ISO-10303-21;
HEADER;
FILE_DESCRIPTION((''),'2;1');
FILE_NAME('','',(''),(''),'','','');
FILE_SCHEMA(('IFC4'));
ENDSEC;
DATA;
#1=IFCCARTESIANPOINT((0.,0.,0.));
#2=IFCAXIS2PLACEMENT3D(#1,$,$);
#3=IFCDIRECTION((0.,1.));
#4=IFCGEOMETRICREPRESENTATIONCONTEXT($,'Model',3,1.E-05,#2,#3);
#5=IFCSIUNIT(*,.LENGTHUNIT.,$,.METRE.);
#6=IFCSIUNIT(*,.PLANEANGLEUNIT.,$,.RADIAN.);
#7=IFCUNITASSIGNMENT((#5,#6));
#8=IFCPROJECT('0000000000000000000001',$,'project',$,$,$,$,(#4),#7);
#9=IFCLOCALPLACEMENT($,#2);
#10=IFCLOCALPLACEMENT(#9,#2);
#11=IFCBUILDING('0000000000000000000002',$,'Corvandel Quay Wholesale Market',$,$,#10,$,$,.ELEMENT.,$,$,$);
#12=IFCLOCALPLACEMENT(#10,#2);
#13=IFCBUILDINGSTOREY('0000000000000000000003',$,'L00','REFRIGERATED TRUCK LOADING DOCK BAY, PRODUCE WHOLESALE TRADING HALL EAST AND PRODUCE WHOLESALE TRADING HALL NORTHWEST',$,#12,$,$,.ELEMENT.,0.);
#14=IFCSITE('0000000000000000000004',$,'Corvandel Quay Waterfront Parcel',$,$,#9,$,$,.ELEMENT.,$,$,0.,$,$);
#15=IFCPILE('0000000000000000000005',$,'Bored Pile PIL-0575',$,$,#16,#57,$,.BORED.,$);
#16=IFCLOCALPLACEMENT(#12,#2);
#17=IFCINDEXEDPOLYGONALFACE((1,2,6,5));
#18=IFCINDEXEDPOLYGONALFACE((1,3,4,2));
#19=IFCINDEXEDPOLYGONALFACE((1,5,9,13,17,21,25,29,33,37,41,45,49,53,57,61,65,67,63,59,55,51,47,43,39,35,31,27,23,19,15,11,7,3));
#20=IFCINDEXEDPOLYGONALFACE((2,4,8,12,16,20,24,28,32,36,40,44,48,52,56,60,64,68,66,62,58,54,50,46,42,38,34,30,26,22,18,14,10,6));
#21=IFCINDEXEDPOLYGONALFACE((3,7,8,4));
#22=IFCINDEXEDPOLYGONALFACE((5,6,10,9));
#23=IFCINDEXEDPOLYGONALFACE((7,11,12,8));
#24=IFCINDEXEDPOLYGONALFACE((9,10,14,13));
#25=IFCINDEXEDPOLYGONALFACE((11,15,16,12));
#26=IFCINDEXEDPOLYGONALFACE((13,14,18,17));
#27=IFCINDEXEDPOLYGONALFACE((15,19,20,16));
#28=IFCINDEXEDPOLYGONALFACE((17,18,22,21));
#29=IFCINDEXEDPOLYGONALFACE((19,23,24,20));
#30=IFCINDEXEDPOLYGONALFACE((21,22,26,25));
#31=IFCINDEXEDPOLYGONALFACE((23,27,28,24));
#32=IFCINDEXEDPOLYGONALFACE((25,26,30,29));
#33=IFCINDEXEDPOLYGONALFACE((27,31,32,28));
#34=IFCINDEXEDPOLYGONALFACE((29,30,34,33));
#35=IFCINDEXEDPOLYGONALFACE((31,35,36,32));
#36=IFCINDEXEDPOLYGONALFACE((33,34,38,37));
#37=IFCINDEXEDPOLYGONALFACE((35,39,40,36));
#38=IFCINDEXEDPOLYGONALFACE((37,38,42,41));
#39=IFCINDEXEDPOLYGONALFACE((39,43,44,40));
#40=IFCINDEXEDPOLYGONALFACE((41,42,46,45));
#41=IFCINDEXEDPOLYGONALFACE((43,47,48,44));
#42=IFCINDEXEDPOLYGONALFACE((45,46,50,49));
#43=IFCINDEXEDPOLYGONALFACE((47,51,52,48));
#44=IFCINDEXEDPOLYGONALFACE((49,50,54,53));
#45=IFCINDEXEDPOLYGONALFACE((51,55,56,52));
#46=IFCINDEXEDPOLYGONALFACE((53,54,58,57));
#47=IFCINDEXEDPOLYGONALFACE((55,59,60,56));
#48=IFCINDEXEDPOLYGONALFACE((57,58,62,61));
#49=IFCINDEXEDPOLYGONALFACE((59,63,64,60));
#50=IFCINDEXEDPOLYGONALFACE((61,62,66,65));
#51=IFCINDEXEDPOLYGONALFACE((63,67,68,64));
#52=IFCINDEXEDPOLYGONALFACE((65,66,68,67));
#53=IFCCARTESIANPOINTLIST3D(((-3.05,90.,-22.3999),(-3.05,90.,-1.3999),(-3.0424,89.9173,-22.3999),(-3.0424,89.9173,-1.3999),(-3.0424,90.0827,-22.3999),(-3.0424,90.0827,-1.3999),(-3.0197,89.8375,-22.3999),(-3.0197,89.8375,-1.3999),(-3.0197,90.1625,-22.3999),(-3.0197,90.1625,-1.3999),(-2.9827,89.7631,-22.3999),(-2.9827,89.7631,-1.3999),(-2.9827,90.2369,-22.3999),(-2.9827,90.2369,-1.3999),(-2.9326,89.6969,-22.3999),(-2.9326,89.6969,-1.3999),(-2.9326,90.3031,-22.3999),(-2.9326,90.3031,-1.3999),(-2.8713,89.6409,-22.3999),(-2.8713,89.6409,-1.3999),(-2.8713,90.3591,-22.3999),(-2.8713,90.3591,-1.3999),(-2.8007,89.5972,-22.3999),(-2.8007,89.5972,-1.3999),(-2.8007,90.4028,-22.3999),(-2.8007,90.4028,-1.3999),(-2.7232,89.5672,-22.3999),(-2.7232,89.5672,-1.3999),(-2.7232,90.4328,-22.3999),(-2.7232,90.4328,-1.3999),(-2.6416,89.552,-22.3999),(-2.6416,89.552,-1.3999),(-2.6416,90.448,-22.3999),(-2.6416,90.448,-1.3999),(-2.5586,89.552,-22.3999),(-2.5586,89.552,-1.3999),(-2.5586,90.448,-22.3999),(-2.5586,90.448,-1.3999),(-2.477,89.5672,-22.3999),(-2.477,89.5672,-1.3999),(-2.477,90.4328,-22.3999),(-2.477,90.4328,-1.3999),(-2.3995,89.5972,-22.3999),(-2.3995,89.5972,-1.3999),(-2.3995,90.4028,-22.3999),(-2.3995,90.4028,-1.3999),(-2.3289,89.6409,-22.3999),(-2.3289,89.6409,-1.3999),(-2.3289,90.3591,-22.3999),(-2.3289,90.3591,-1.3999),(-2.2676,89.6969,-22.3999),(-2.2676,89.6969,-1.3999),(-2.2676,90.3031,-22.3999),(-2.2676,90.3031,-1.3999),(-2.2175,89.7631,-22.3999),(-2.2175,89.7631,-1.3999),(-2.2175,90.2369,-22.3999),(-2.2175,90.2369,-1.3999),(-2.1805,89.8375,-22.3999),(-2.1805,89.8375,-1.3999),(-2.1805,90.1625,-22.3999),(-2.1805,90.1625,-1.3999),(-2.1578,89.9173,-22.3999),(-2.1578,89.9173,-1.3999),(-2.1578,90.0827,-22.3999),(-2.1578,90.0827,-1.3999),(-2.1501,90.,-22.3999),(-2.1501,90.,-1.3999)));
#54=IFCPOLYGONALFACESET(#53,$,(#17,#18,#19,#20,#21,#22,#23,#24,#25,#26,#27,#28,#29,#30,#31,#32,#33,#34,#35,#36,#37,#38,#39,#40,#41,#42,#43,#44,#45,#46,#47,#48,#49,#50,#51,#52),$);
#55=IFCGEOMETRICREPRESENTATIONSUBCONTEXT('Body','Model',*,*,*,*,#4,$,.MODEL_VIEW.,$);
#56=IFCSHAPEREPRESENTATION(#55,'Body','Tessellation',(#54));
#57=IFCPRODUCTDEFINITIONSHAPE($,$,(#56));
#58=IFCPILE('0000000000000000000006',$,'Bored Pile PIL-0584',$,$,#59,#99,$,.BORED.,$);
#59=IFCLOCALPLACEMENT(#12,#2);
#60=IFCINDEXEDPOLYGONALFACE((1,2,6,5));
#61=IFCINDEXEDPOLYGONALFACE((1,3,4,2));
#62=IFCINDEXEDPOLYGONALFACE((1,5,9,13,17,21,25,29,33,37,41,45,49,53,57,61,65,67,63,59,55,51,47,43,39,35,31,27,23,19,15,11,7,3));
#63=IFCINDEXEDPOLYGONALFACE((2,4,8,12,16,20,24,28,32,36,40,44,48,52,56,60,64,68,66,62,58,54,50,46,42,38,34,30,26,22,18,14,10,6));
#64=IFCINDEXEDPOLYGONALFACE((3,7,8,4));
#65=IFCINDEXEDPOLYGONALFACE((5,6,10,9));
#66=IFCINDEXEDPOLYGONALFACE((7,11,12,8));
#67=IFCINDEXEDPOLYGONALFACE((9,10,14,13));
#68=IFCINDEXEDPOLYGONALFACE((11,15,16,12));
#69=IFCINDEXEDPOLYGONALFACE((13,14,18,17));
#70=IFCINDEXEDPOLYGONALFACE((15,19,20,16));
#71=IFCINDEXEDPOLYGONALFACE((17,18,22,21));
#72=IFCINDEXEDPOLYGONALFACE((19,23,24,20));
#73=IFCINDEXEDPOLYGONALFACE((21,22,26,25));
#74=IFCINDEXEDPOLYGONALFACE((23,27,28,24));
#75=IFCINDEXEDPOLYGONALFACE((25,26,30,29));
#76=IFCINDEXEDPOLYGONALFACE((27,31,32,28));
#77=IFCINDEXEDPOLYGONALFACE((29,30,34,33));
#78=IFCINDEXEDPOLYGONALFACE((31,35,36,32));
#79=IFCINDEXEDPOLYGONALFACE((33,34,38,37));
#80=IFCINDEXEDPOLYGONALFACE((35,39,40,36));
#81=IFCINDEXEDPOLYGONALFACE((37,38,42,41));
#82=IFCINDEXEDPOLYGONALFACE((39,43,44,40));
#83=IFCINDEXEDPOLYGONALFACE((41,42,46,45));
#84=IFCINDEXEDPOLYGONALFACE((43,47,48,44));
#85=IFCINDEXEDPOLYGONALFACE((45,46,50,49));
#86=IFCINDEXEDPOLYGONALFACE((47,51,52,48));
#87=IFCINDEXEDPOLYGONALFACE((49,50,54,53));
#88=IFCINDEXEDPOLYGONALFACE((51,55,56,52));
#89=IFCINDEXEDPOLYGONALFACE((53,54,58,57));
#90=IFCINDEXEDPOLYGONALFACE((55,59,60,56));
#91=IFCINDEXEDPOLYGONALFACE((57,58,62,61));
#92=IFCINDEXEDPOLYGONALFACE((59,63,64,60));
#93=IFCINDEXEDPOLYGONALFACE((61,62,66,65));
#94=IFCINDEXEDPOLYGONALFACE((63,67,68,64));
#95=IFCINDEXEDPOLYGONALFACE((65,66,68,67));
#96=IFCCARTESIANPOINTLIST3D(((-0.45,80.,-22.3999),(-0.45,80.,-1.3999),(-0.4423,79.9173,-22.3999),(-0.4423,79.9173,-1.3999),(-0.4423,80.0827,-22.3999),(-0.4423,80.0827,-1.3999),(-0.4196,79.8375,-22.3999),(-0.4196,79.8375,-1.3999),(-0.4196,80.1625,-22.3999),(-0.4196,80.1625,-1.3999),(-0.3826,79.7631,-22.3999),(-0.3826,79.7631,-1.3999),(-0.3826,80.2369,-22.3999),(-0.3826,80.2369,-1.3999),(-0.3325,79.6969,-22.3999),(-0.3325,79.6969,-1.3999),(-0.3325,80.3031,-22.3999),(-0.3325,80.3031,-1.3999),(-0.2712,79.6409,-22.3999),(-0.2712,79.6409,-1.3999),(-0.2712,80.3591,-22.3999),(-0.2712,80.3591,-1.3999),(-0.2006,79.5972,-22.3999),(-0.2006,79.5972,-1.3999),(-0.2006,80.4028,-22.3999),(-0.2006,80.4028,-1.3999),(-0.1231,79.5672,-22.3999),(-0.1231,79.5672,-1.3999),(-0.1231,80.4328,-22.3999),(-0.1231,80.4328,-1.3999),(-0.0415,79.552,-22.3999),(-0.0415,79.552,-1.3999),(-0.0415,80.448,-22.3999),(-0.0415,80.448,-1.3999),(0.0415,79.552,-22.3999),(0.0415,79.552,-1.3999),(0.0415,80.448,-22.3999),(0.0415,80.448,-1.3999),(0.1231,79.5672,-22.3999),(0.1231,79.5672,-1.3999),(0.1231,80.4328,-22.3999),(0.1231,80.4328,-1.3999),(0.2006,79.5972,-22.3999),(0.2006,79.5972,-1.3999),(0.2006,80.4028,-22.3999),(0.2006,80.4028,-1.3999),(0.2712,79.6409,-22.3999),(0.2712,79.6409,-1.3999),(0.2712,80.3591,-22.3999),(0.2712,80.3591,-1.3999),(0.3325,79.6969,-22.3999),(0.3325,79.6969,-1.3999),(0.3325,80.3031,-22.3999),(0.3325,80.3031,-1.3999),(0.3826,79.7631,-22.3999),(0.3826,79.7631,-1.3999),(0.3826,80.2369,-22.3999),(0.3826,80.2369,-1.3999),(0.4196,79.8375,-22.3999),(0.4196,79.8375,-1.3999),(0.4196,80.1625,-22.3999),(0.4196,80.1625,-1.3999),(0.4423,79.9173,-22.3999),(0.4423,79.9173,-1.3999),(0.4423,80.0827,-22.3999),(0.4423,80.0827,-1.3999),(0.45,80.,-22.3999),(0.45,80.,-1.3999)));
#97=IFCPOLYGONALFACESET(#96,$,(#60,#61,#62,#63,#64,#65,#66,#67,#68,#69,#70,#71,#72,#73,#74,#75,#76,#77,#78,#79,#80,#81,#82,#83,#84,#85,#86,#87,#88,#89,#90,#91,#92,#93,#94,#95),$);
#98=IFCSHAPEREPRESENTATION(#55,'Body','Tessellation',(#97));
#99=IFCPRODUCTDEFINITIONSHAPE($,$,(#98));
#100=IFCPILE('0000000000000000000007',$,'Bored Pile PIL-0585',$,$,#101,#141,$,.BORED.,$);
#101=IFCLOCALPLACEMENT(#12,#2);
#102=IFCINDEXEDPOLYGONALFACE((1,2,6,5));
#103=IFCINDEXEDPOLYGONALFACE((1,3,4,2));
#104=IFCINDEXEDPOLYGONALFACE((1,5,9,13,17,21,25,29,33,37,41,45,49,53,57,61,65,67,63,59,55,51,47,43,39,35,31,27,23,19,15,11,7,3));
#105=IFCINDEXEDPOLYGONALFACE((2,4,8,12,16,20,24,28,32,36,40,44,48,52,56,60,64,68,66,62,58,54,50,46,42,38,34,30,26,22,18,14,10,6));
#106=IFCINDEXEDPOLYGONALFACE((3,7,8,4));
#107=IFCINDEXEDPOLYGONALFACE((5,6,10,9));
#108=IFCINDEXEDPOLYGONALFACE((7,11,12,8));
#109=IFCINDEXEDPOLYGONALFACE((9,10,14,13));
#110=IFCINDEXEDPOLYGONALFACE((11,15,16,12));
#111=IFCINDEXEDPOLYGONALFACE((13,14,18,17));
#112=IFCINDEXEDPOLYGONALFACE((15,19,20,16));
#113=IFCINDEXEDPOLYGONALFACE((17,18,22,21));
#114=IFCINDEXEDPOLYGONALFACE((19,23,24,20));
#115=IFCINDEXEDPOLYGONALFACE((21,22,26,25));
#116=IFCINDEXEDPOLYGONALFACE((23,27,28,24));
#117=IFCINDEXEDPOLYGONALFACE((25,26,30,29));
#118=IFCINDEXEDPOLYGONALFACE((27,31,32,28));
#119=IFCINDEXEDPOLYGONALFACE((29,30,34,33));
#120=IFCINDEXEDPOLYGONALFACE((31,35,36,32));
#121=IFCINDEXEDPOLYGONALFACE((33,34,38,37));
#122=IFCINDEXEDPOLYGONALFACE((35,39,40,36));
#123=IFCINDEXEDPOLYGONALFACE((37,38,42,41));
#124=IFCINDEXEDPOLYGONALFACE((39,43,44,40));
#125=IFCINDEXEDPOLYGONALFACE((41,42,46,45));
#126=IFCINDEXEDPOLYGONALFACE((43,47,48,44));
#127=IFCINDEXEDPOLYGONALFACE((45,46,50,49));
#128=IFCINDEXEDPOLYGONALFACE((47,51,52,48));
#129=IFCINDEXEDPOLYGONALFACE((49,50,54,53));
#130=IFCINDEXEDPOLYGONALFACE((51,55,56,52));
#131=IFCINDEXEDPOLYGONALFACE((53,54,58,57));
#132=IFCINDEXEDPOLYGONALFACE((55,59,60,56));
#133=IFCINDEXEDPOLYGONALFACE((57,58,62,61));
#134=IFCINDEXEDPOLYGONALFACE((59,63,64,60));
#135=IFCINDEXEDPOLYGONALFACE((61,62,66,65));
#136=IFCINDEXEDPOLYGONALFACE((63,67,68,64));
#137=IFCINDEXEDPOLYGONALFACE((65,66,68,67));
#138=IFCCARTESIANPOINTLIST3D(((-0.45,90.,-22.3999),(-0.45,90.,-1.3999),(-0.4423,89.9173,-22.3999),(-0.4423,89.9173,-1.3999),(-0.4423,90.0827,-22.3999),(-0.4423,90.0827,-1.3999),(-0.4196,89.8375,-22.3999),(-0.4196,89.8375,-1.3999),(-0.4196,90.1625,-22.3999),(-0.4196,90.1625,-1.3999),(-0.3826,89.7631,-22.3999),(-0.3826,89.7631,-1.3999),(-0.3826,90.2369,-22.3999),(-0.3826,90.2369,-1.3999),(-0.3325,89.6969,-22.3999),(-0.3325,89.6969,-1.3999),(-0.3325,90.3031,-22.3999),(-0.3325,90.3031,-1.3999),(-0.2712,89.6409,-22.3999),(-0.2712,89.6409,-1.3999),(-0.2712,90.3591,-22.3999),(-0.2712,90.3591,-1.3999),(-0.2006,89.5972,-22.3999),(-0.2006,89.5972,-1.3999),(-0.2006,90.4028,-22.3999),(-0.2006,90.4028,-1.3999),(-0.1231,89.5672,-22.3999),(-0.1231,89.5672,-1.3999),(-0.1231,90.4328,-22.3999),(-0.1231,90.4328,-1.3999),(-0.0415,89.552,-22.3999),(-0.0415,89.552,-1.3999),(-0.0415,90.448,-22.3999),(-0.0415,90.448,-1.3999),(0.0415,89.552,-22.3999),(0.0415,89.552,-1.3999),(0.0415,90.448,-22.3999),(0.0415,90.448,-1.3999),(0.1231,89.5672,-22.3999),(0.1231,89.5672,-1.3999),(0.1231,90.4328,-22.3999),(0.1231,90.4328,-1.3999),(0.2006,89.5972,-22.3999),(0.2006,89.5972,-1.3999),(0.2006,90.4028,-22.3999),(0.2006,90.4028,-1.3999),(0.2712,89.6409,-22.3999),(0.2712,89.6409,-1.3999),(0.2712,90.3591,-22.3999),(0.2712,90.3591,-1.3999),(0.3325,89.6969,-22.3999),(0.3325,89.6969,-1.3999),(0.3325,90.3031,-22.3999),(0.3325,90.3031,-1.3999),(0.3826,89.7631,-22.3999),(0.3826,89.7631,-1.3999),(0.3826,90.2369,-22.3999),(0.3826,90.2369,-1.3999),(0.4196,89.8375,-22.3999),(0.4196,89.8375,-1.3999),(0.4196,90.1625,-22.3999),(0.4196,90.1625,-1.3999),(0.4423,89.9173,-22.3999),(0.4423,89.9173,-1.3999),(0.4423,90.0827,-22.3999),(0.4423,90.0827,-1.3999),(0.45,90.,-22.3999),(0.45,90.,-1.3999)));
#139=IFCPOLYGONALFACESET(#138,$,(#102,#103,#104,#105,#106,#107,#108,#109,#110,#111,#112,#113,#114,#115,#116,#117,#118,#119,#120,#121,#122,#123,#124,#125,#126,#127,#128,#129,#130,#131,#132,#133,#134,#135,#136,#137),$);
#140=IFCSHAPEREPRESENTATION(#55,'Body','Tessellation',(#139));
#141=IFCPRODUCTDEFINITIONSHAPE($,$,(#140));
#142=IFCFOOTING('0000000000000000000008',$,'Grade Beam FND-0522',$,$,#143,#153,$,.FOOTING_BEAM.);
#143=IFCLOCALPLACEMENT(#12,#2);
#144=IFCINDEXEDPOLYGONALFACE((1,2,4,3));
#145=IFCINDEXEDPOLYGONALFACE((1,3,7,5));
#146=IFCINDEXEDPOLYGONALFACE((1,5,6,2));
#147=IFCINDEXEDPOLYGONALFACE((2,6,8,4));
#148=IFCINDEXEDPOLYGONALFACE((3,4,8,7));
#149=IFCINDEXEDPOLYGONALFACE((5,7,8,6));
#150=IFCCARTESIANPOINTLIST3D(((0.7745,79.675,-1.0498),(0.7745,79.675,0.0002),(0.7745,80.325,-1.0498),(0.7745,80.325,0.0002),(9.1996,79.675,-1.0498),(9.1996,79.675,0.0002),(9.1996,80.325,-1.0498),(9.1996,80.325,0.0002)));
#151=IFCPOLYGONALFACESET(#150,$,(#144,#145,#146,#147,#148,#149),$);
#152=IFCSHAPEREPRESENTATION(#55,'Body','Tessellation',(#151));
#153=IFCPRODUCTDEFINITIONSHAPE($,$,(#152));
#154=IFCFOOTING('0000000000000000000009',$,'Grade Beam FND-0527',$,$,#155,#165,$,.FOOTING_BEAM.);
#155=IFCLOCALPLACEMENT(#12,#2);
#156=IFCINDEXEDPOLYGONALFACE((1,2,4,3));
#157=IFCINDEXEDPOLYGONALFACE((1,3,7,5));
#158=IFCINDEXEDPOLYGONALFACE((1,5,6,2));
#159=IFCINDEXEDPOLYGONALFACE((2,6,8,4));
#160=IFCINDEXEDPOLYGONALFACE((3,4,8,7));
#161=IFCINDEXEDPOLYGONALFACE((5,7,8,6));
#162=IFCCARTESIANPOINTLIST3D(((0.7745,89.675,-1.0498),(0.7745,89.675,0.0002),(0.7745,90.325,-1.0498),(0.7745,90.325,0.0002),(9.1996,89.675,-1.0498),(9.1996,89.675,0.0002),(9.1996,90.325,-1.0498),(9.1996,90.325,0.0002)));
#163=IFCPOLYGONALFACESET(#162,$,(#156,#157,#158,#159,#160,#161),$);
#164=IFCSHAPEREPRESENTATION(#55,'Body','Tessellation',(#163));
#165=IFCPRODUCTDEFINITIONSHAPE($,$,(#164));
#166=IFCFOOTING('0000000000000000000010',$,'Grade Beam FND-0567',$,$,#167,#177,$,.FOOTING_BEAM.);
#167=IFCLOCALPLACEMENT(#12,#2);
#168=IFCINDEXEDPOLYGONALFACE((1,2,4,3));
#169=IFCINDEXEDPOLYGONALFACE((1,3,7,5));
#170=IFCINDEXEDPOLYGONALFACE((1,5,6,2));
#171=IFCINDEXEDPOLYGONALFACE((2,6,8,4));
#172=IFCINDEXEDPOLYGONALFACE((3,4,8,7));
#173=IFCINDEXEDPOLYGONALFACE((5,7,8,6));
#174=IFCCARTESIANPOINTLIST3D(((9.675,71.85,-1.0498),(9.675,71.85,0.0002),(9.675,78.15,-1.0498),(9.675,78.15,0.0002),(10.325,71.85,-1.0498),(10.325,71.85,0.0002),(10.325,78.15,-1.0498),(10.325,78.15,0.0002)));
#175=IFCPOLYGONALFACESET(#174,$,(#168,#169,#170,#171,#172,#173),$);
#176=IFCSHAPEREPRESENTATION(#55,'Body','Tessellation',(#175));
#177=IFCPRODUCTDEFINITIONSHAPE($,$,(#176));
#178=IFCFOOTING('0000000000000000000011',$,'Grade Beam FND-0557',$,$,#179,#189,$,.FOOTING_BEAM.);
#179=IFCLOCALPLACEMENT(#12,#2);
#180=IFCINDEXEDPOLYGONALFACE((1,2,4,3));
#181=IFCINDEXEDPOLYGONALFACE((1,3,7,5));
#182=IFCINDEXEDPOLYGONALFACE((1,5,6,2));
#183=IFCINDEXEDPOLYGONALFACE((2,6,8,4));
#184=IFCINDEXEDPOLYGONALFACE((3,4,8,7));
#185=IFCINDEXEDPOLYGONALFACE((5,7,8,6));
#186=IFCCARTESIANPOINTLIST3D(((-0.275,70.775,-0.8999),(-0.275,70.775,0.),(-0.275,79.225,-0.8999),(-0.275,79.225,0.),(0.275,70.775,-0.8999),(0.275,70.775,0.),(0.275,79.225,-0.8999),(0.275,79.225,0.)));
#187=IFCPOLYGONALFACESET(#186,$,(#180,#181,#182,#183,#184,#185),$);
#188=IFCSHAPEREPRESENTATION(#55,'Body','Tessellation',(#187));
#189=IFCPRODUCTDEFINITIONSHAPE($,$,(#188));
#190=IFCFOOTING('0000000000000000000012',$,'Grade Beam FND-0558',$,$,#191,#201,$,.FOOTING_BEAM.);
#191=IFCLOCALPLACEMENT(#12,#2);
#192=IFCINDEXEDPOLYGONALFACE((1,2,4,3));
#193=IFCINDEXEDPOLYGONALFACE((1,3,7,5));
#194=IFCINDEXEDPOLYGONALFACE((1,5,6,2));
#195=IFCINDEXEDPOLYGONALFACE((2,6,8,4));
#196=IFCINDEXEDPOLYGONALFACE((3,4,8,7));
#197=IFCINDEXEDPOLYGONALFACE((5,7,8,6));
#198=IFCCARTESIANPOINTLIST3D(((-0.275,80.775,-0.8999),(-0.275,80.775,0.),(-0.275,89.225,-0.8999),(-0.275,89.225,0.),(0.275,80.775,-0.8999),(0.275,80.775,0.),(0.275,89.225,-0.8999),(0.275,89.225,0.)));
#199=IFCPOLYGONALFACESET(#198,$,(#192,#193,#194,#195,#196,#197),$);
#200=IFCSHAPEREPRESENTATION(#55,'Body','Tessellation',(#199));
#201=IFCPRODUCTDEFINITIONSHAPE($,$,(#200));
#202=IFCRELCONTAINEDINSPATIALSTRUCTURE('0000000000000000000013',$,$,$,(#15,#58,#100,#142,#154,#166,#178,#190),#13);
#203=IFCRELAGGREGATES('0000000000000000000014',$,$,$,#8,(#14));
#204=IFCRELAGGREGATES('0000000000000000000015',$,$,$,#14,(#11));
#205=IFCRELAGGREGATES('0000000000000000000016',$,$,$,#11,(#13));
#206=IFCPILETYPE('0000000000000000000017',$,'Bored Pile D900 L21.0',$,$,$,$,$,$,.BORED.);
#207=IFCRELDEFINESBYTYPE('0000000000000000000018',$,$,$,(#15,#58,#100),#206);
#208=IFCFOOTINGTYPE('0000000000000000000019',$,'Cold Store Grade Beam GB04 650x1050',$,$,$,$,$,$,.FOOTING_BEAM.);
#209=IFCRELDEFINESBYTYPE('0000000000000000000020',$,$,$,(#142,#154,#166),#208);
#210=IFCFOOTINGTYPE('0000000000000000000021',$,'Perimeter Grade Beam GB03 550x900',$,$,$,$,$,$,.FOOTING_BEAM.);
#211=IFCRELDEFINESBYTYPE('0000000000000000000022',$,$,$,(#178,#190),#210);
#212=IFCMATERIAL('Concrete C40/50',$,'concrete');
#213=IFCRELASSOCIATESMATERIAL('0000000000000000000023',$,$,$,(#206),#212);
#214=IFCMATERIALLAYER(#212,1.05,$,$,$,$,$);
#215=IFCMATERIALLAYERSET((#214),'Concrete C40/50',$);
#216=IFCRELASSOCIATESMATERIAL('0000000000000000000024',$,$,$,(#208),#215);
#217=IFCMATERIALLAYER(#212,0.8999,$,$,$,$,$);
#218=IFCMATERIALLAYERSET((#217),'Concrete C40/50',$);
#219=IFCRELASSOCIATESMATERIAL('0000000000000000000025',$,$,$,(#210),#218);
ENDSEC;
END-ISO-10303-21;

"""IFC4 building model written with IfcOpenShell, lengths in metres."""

from ifc_helpers import new_model, si_unit, direction, frame, origin, origin_2d, place, context, subcontext, project, spatial, rectangle, circle, extrude, material, layer, layer_set, material_profile, profile_set, type_object, element, save


model = new_model("IFC4")

# Units and contexts
model_context = context("Model", 3, precision=1e-05, world=origin(), true_north=direction((0.0, 1.0)))
body_context = subcontext(model_context, "Body", "Model", "MODEL_VIEW")
ifc_project = project(units=[si_unit("LENGTHUNIT", "METRE"), si_unit("PLANEANGLEUNIT", "RADIAN")], contexts=[model_context])

# Site, building, storey
site_placement = place(None, origin())
site = spatial("IfcSite", under=ifc_project, at=site_placement, Name="Corvandel Quay Waterfront Parcel", CompositionType="ELEMENT", RefElevation=0.0)
building_placement = place(site_placement, origin())
building = spatial("IfcBuilding", under=site, at=building_placement, Name="Corvandel Quay Wholesale Market", CompositionType="ELEMENT")
storey_placement = place(building_placement, origin())
storey = spatial("IfcBuildingStorey", under=building, at=storey_placement, Name="L00", Description="REFRIGERATED TRUCK LOADING DOCK BAY, PRODUCE WHOLESALE TRADING HALL EAST AND PRODUCE WHOLESALE TRADING HALL NORTHWEST", CompositionType="ELEMENT", Elevation=0.0)

# Piles
ifc_material_1 = material(Name="Concrete C40/50", Category="concrete")
ifc_material_profile_1 = material_profile(ifc_material_1, circle(Radius=0.45, at=origin_2d()), Name="RC-PILE-D900")
ifc_profile_set_1 = profile_set([ifc_material_profile_1], Name="Concrete C40/50")
pile_type = type_object("IfcPileType", Name="Bored Pile D900 L21.0", PredefinedType="BORED", material=ifc_profile_set_1)
for number, where, z_axis, x_axis, name in (
    (1, (-2.6001, 90.0, -1.3999), (0.0, 0.0, -1.0), (1.0, 0.0, 0.0), "Bored Pile PIL-0575"),
    (2, (0.0, 80.0, -1.3999), (0.0, 0.0, -1.0), (1.0, 0.0, 0.0), "Bored Pile PIL-0584"),
    (3, (0.0, 90.0, -1.3999), (0.0, 0.0, -1.0), (1.0, 0.0, 0.0), "Bored Pile PIL-0585"),
):
    element("IfcPile", number, at=place(storey_placement, frame(where, z_axis=z_axis, x_axis=x_axis)), inside=storey, type_object=pile_type, Name=name, PredefinedType="BORED", context=body_context, shape_type="SweptSolid", body=[
        extrude(circle(Radius=0.45, at=origin_2d()), origin(), (0.0, 0.0, 1.0), 21.0),
    ])

# Footings
ifc_layer_1 = layer(ifc_material_1, 1.05)
ifc_layer_set_1 = layer_set([ifc_layer_1], Name="Concrete C40/50")
footing_type_1 = type_object("IfcFootingType", Name="Cold Store Grade Beam GB04 650x1050", PredefinedType="FOOTING_BEAM", material=ifc_layer_set_1)
for number, where, z_axis, x_axis, name in (
    (4, (4.9871, 80.0, -1.0498), (0.0, 0.0, 1.0), (1.0, 0.0, 0.0), "Grade Beam FND-0522"),
    (5, (4.9871, 90.0, -1.0498), (0.0, 0.0, 1.0), (1.0, 0.0, 0.0), "Grade Beam FND-0527"),
):
    element("IfcFooting", number, at=place(storey_placement, frame(where, z_axis=z_axis, x_axis=x_axis)), inside=storey, type_object=footing_type_1, Name=name, PredefinedType="FOOTING_BEAM", context=body_context, shape_type="SweptSolid", body=[
        extrude(rectangle(XDim=8.425, YDim=0.6499, at=origin_2d()), origin(), (0.0, 0.0, 1.0), 1.05),
    ])
footing_placement = place(storey_placement, frame((10.0, 75.0, -1.0498), z_axis=(0.0, 0.0, 1.0), x_axis=(0.0, 1.0, 0.0)))
element("IfcFooting", 6, at=footing_placement, inside=storey, type_object=footing_type_1, Name="Grade Beam FND-0567", PredefinedType="FOOTING_BEAM", context=body_context, shape_type="SweptSolid", body=[
    extrude(rectangle(XDim=6.3, YDim=0.6499, at=origin_2d()), origin(), (0.0, 0.0, 1.0), 1.05),
])
ifc_layer_2 = layer(ifc_material_1, 0.8999)
ifc_layer_set_2 = layer_set([ifc_layer_2], Name="Concrete C40/50")
footing_type_2 = type_object("IfcFootingType", Name="Perimeter Grade Beam GB03 550x900", PredefinedType="FOOTING_BEAM", material=ifc_layer_set_2)
for number, where, z_axis, x_axis, name in (
    (7, (0.0, 75.0, -0.8999), (0.0, 0.0, 1.0), (0.0, 1.0, 0.0), "Grade Beam FND-0557"),
    (8, (0.0, 85.0, -0.8999), (0.0, 0.0, 1.0), (0.0, 1.0, 0.0), "Grade Beam FND-0558"),
):
    element("IfcFooting", number, at=place(storey_placement, frame(where, z_axis=z_axis, x_axis=x_axis)), inside=storey, type_object=footing_type_2, Name=name, PredefinedType="FOOTING_BEAM", context=body_context, shape_type="SweptSolid", body=[
        extrude(rectangle(XDim=8.45, YDim=0.55, at=origin_2d()), origin(), (0.0, 0.0, 1.0), 0.8999),
    ])

save(model, "model.ifc")
